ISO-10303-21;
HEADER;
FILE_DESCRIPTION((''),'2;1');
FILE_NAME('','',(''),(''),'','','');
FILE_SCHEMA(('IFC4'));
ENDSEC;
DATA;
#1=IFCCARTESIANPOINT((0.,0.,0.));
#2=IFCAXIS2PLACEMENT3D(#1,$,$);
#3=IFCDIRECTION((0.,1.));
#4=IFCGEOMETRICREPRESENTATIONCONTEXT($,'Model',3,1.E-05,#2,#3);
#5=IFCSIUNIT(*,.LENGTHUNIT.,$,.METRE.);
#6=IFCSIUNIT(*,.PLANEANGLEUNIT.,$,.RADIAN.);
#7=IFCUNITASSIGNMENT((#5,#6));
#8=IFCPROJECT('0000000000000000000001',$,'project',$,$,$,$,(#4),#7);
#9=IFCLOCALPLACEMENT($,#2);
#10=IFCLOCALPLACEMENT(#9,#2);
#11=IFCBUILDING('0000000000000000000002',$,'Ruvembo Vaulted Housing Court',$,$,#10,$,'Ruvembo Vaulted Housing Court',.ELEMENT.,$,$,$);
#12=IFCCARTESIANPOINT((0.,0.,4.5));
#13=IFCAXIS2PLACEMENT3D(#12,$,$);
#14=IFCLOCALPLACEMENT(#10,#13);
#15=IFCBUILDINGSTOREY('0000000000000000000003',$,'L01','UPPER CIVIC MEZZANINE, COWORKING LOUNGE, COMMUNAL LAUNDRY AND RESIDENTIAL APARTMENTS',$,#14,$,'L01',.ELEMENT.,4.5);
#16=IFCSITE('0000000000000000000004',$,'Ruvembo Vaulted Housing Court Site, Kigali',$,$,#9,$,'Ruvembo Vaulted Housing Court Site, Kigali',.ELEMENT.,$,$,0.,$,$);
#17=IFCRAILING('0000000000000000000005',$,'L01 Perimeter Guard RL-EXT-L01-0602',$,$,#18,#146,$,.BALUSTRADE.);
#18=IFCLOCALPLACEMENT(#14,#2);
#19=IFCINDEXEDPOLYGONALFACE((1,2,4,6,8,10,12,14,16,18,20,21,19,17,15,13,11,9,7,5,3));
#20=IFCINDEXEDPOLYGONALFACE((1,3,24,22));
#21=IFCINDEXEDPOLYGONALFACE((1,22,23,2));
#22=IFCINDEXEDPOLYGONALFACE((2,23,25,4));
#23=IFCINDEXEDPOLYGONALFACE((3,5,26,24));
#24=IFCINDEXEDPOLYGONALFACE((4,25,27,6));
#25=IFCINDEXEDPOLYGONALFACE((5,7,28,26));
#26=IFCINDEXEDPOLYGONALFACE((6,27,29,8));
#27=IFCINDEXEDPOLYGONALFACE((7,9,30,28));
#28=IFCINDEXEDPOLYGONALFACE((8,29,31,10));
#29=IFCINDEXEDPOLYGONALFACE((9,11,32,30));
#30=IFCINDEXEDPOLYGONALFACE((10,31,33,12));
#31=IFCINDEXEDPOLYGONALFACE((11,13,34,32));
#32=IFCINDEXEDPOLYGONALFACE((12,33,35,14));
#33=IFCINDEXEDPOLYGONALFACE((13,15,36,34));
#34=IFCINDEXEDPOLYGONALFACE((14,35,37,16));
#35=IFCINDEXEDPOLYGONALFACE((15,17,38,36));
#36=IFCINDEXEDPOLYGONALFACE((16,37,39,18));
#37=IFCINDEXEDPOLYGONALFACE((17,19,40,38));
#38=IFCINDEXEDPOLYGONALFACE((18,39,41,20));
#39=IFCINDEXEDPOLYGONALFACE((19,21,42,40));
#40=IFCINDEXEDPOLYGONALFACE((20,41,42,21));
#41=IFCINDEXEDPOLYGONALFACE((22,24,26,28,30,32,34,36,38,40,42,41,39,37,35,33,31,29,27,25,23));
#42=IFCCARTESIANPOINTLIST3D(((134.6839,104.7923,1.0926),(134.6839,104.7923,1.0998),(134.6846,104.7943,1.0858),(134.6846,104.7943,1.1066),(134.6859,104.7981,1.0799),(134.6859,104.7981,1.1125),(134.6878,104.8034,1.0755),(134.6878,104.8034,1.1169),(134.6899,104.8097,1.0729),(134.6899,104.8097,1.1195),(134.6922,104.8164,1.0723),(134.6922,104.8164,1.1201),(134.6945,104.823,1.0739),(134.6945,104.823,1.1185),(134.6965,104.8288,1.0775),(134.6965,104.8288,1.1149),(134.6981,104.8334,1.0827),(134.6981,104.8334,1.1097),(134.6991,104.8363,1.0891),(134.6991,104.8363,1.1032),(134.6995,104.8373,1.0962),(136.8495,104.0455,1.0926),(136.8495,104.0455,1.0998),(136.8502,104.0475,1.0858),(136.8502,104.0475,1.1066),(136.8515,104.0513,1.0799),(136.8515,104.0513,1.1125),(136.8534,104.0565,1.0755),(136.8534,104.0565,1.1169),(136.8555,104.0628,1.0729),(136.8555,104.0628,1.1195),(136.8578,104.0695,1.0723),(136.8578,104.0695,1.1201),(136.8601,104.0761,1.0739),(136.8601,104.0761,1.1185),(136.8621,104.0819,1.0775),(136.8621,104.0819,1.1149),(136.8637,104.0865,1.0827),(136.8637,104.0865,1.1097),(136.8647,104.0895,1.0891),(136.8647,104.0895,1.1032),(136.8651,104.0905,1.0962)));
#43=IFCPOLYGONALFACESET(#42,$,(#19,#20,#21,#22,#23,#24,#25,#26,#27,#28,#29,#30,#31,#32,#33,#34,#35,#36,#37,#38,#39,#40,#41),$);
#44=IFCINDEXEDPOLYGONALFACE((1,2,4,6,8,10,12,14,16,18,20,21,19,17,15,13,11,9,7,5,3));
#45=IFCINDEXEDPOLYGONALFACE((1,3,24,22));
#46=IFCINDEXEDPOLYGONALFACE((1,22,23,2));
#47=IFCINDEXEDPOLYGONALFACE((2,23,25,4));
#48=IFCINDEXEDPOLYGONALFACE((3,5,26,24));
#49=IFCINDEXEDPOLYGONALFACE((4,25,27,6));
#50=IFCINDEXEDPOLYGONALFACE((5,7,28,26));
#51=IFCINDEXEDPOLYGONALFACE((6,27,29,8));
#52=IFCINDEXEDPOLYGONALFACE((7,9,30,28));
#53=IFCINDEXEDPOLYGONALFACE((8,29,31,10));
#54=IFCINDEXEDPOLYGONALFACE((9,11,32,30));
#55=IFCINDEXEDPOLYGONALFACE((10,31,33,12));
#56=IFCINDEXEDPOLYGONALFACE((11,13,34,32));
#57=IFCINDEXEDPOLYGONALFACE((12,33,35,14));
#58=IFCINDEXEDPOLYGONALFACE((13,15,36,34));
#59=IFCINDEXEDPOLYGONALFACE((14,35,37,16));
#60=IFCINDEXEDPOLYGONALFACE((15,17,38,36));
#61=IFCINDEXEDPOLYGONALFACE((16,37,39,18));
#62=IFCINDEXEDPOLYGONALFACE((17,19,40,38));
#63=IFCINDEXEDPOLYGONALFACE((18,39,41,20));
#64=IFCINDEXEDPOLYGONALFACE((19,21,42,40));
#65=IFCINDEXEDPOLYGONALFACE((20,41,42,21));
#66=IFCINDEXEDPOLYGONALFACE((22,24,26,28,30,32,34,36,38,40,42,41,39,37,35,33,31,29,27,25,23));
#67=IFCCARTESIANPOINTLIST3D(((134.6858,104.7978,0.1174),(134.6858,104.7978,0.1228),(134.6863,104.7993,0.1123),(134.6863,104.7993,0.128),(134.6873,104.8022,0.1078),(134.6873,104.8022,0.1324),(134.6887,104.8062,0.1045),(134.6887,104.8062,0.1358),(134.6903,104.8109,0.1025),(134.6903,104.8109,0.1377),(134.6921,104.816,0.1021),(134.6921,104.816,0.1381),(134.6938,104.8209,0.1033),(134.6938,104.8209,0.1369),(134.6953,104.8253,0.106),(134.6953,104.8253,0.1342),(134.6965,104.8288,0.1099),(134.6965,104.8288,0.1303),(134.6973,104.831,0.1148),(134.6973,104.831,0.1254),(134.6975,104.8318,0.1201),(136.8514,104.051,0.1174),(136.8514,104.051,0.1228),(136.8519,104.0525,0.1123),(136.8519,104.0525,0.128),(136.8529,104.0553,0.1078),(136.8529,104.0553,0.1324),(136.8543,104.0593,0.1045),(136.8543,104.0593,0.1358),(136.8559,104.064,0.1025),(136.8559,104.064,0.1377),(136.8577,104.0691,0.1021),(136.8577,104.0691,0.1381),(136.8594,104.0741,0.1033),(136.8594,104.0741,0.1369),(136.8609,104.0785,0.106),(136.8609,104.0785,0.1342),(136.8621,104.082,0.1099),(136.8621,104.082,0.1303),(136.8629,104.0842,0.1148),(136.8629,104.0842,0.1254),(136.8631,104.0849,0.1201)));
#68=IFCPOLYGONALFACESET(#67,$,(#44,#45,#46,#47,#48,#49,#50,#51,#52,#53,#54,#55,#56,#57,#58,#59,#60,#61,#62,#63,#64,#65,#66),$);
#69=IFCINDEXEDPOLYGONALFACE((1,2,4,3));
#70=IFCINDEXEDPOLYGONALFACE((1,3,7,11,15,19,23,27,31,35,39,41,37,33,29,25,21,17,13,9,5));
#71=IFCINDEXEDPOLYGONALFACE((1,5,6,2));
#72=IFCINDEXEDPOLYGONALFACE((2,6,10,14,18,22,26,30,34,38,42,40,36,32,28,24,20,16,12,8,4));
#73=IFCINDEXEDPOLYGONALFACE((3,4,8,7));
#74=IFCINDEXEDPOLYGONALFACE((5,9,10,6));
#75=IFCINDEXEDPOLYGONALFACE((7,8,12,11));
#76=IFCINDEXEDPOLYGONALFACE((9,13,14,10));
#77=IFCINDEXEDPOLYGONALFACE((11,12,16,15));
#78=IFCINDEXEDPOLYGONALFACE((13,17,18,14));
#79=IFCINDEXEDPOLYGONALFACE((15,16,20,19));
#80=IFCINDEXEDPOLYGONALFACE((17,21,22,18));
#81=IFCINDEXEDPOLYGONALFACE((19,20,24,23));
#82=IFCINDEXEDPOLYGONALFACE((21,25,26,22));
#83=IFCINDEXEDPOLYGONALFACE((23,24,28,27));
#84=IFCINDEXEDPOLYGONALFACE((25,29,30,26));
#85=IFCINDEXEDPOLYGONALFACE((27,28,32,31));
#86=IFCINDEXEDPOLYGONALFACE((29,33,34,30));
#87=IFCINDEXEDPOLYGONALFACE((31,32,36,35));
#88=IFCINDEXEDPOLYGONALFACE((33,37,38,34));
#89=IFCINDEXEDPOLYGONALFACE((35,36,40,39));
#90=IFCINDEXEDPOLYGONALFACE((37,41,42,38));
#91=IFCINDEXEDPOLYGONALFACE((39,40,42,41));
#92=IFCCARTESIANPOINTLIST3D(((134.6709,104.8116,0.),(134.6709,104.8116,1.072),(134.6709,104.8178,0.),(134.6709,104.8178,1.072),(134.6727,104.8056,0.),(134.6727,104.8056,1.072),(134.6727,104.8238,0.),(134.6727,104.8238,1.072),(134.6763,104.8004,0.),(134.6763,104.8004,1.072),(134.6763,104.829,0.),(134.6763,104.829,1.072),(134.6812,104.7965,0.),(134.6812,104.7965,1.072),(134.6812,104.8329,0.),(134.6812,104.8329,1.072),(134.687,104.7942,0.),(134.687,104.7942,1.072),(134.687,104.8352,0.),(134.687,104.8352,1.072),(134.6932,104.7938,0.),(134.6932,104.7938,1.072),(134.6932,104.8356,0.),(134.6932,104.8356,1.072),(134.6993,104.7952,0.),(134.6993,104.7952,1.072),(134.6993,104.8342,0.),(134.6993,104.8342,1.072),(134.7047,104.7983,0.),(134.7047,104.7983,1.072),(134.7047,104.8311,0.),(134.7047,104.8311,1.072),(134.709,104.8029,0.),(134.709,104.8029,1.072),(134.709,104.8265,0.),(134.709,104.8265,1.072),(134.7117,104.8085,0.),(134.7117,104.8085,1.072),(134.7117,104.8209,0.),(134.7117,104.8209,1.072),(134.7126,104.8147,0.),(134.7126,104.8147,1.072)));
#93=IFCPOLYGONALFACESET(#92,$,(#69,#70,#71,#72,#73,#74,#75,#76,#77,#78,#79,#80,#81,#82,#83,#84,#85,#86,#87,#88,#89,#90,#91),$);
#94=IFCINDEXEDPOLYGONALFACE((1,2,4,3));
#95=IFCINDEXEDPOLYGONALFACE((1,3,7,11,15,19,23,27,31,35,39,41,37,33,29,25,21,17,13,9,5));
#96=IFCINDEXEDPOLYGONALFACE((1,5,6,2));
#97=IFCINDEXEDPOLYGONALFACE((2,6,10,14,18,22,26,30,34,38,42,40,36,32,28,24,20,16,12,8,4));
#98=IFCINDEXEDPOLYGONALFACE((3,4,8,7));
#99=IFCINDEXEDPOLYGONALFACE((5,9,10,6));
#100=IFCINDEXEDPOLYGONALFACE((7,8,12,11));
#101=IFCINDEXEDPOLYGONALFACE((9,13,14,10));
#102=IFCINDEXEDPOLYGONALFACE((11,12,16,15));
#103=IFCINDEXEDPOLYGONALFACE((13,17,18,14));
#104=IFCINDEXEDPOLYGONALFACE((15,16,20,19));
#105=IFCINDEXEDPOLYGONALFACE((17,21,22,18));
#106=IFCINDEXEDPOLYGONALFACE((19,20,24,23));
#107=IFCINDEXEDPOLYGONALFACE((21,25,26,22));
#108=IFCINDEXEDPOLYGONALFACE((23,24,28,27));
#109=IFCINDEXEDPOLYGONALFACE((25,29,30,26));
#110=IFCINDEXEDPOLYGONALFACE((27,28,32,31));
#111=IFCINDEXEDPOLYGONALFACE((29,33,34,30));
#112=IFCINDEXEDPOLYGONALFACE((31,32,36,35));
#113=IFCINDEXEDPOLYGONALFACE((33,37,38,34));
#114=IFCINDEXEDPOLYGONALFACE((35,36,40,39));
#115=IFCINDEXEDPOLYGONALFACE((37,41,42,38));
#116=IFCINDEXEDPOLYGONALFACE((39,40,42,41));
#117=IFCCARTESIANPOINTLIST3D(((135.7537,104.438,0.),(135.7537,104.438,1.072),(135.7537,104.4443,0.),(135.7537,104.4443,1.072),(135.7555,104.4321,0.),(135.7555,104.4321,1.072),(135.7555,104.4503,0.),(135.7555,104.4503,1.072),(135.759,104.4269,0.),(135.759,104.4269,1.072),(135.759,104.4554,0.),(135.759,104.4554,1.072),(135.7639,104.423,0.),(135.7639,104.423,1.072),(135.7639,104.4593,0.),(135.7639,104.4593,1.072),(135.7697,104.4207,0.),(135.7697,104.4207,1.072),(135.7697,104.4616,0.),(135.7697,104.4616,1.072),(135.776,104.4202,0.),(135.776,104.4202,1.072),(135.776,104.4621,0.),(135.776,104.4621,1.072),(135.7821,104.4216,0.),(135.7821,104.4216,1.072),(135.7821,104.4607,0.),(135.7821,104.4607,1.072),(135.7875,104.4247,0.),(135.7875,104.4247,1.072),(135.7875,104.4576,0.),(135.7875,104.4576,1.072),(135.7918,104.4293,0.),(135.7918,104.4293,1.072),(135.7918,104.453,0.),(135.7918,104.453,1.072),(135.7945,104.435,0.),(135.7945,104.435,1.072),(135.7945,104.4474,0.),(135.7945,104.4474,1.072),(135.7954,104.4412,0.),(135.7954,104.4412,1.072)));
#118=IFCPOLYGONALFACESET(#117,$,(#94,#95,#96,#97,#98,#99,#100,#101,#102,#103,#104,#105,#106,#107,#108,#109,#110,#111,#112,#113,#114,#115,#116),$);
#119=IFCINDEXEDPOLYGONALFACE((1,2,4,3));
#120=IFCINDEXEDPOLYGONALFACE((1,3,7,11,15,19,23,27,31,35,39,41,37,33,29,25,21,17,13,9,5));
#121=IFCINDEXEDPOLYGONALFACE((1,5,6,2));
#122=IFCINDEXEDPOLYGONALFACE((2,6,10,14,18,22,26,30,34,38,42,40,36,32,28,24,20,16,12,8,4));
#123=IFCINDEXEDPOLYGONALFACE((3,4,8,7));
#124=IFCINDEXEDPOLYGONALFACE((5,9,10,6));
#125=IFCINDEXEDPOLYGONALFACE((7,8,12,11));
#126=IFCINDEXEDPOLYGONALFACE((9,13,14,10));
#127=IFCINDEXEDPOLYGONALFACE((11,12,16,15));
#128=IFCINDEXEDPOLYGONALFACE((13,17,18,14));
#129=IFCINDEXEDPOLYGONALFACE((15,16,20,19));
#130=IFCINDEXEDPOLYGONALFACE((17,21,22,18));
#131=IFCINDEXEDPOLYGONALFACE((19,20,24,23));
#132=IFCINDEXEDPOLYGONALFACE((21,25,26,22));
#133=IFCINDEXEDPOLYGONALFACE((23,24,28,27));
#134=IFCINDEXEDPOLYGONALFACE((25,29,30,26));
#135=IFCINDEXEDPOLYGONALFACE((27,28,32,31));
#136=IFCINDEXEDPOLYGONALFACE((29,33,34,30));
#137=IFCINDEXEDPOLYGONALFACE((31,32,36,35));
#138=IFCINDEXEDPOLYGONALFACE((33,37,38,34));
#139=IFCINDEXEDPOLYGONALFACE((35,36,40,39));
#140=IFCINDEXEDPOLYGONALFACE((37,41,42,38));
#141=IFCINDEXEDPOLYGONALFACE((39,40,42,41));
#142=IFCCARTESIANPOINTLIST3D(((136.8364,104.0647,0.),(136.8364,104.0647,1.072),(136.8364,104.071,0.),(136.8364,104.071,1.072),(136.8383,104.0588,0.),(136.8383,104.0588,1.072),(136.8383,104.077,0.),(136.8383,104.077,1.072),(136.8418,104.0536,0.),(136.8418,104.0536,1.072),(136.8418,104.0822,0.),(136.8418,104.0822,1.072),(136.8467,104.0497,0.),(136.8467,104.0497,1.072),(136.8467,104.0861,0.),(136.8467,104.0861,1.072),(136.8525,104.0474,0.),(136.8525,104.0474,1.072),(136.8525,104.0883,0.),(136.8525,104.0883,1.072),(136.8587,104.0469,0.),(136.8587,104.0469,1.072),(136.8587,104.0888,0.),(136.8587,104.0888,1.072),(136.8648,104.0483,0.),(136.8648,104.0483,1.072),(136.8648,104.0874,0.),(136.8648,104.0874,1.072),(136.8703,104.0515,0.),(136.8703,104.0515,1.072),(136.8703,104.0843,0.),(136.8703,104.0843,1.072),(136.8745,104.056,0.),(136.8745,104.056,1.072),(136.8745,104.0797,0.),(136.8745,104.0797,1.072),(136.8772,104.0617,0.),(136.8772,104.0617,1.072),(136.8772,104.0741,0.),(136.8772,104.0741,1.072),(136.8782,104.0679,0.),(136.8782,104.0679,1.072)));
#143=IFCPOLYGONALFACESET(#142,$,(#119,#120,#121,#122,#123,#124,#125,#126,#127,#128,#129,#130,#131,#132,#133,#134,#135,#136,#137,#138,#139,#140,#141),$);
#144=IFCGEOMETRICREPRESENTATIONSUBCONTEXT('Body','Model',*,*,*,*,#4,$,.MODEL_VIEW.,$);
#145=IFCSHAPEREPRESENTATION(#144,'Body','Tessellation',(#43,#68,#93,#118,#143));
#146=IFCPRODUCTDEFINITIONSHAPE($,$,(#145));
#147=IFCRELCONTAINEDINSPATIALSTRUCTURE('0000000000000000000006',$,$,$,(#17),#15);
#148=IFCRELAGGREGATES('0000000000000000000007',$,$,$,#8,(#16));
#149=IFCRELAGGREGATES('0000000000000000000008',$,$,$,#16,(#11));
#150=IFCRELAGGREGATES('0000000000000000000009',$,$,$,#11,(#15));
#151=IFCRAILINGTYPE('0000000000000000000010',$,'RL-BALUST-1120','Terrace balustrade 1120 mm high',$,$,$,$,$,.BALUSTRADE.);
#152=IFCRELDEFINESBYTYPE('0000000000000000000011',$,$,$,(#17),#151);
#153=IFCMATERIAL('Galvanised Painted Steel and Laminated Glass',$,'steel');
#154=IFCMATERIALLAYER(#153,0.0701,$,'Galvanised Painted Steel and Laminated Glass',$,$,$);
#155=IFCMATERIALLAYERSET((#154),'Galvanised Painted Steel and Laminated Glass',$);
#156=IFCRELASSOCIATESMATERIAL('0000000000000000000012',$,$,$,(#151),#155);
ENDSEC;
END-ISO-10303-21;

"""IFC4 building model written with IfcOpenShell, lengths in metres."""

from ifc_helpers import new_model, si_unit, direction, frame, origin, origin_2d, place, context, subcontext, project, spatial, circle, extrude, material, layer, layer_set, type_object, element, save


model = new_model("IFC4")

# Units and contexts
model_context = context("Model", 3, precision=1e-05, world=origin(), true_north=direction((0.0, 1.0)))
body_context = subcontext(model_context, "Body", "Model", "MODEL_VIEW")
ifc_project = project(units=[si_unit("LENGTHUNIT", "METRE"), si_unit("PLANEANGLEUNIT", "RADIAN")], contexts=[model_context])

# Site, building, storey
site_placement = place(None, origin())
site = spatial("IfcSite", under=ifc_project, at=site_placement, Name="Ruvembo Vaulted Housing Court Site, Kigali", LongName="Ruvembo Vaulted Housing Court Site, Kigali", CompositionType="ELEMENT", RefElevation=0.0)
building_placement = place(site_placement, origin())
building = spatial("IfcBuilding", under=site, at=building_placement, Name="Ruvembo Vaulted Housing Court", LongName="Ruvembo Vaulted Housing Court", CompositionType="ELEMENT")
storey_placement = place(building_placement, frame((0.0, 0.0, 4.5)))
storey = spatial("IfcBuildingStorey", under=building, at=storey_placement, Name="L01", Description="UPPER CIVIC MEZZANINE, COWORKING LOUNGE, COMMUNAL LAUNDRY AND RESIDENTIAL APARTMENTS", LongName="L01", CompositionType="ELEMENT", Elevation=4.5)

# Railing
ifc_material_1 = material(Name="Galvanised Painted Steel and Laminated Glass", Category="steel")
ifc_layer_1 = layer(ifc_material_1, 0.0701, Name="Galvanised Painted Steel and Laminated Glass")
ifc_layer_set_1 = layer_set([ifc_layer_1], Name="Galvanised Painted Steel and Laminated Glass")
railing_type = type_object("IfcRailingType", Name="RL-BALUST-1120", Description="Terrace balustrade 1120 mm high", PredefinedType="BALUSTRADE", material=ifc_layer_set_1)
railing_1_placement = place(storey_placement, frame((134.6917, 104.8147, 0.0)))
element("IfcRailing", 1, at=railing_1_placement, inside=storey, type_object=railing_type, Name="L01 Perimeter Guard RL-EXT-L01-0602", PredefinedType="BALUSTRADE", context=body_context, shape_type="SweptSolid", body=[
    extrude(circle(Radius=0.0239, at=origin_2d()), frame((0.0, 0.0, 1.0962), z_axis=(0.945361, -0.326027, 0.0), x_axis=(0.326027, 0.945361, 0.0)), (0.0, 0.0, 1.0), 2.2908),
    extrude(circle(Radius=0.0181, at=origin_2d()), frame((0.0, 0.0, 0.1201), z_axis=(0.945361, -0.326027, 0.0), x_axis=(0.326027, 0.945361, 0.0)), (0.0, 0.0, 1.0), 2.2908),
    extrude(circle(Radius=0.021, at=origin_2d()), origin(), (0.0, 0.0, 1.0), 1.072),
    extrude(circle(Radius=0.021, at=origin_2d()), frame((1.0828, -0.3735, 0.0)), (0.0, 0.0, 1.0), 1.072),
    extrude(circle(Radius=0.021, at=origin_2d()), frame((2.1655, -0.7468, 0.0)), (0.0, 0.0, 1.0), 1.072),
])

save(model, "model.ifc")
